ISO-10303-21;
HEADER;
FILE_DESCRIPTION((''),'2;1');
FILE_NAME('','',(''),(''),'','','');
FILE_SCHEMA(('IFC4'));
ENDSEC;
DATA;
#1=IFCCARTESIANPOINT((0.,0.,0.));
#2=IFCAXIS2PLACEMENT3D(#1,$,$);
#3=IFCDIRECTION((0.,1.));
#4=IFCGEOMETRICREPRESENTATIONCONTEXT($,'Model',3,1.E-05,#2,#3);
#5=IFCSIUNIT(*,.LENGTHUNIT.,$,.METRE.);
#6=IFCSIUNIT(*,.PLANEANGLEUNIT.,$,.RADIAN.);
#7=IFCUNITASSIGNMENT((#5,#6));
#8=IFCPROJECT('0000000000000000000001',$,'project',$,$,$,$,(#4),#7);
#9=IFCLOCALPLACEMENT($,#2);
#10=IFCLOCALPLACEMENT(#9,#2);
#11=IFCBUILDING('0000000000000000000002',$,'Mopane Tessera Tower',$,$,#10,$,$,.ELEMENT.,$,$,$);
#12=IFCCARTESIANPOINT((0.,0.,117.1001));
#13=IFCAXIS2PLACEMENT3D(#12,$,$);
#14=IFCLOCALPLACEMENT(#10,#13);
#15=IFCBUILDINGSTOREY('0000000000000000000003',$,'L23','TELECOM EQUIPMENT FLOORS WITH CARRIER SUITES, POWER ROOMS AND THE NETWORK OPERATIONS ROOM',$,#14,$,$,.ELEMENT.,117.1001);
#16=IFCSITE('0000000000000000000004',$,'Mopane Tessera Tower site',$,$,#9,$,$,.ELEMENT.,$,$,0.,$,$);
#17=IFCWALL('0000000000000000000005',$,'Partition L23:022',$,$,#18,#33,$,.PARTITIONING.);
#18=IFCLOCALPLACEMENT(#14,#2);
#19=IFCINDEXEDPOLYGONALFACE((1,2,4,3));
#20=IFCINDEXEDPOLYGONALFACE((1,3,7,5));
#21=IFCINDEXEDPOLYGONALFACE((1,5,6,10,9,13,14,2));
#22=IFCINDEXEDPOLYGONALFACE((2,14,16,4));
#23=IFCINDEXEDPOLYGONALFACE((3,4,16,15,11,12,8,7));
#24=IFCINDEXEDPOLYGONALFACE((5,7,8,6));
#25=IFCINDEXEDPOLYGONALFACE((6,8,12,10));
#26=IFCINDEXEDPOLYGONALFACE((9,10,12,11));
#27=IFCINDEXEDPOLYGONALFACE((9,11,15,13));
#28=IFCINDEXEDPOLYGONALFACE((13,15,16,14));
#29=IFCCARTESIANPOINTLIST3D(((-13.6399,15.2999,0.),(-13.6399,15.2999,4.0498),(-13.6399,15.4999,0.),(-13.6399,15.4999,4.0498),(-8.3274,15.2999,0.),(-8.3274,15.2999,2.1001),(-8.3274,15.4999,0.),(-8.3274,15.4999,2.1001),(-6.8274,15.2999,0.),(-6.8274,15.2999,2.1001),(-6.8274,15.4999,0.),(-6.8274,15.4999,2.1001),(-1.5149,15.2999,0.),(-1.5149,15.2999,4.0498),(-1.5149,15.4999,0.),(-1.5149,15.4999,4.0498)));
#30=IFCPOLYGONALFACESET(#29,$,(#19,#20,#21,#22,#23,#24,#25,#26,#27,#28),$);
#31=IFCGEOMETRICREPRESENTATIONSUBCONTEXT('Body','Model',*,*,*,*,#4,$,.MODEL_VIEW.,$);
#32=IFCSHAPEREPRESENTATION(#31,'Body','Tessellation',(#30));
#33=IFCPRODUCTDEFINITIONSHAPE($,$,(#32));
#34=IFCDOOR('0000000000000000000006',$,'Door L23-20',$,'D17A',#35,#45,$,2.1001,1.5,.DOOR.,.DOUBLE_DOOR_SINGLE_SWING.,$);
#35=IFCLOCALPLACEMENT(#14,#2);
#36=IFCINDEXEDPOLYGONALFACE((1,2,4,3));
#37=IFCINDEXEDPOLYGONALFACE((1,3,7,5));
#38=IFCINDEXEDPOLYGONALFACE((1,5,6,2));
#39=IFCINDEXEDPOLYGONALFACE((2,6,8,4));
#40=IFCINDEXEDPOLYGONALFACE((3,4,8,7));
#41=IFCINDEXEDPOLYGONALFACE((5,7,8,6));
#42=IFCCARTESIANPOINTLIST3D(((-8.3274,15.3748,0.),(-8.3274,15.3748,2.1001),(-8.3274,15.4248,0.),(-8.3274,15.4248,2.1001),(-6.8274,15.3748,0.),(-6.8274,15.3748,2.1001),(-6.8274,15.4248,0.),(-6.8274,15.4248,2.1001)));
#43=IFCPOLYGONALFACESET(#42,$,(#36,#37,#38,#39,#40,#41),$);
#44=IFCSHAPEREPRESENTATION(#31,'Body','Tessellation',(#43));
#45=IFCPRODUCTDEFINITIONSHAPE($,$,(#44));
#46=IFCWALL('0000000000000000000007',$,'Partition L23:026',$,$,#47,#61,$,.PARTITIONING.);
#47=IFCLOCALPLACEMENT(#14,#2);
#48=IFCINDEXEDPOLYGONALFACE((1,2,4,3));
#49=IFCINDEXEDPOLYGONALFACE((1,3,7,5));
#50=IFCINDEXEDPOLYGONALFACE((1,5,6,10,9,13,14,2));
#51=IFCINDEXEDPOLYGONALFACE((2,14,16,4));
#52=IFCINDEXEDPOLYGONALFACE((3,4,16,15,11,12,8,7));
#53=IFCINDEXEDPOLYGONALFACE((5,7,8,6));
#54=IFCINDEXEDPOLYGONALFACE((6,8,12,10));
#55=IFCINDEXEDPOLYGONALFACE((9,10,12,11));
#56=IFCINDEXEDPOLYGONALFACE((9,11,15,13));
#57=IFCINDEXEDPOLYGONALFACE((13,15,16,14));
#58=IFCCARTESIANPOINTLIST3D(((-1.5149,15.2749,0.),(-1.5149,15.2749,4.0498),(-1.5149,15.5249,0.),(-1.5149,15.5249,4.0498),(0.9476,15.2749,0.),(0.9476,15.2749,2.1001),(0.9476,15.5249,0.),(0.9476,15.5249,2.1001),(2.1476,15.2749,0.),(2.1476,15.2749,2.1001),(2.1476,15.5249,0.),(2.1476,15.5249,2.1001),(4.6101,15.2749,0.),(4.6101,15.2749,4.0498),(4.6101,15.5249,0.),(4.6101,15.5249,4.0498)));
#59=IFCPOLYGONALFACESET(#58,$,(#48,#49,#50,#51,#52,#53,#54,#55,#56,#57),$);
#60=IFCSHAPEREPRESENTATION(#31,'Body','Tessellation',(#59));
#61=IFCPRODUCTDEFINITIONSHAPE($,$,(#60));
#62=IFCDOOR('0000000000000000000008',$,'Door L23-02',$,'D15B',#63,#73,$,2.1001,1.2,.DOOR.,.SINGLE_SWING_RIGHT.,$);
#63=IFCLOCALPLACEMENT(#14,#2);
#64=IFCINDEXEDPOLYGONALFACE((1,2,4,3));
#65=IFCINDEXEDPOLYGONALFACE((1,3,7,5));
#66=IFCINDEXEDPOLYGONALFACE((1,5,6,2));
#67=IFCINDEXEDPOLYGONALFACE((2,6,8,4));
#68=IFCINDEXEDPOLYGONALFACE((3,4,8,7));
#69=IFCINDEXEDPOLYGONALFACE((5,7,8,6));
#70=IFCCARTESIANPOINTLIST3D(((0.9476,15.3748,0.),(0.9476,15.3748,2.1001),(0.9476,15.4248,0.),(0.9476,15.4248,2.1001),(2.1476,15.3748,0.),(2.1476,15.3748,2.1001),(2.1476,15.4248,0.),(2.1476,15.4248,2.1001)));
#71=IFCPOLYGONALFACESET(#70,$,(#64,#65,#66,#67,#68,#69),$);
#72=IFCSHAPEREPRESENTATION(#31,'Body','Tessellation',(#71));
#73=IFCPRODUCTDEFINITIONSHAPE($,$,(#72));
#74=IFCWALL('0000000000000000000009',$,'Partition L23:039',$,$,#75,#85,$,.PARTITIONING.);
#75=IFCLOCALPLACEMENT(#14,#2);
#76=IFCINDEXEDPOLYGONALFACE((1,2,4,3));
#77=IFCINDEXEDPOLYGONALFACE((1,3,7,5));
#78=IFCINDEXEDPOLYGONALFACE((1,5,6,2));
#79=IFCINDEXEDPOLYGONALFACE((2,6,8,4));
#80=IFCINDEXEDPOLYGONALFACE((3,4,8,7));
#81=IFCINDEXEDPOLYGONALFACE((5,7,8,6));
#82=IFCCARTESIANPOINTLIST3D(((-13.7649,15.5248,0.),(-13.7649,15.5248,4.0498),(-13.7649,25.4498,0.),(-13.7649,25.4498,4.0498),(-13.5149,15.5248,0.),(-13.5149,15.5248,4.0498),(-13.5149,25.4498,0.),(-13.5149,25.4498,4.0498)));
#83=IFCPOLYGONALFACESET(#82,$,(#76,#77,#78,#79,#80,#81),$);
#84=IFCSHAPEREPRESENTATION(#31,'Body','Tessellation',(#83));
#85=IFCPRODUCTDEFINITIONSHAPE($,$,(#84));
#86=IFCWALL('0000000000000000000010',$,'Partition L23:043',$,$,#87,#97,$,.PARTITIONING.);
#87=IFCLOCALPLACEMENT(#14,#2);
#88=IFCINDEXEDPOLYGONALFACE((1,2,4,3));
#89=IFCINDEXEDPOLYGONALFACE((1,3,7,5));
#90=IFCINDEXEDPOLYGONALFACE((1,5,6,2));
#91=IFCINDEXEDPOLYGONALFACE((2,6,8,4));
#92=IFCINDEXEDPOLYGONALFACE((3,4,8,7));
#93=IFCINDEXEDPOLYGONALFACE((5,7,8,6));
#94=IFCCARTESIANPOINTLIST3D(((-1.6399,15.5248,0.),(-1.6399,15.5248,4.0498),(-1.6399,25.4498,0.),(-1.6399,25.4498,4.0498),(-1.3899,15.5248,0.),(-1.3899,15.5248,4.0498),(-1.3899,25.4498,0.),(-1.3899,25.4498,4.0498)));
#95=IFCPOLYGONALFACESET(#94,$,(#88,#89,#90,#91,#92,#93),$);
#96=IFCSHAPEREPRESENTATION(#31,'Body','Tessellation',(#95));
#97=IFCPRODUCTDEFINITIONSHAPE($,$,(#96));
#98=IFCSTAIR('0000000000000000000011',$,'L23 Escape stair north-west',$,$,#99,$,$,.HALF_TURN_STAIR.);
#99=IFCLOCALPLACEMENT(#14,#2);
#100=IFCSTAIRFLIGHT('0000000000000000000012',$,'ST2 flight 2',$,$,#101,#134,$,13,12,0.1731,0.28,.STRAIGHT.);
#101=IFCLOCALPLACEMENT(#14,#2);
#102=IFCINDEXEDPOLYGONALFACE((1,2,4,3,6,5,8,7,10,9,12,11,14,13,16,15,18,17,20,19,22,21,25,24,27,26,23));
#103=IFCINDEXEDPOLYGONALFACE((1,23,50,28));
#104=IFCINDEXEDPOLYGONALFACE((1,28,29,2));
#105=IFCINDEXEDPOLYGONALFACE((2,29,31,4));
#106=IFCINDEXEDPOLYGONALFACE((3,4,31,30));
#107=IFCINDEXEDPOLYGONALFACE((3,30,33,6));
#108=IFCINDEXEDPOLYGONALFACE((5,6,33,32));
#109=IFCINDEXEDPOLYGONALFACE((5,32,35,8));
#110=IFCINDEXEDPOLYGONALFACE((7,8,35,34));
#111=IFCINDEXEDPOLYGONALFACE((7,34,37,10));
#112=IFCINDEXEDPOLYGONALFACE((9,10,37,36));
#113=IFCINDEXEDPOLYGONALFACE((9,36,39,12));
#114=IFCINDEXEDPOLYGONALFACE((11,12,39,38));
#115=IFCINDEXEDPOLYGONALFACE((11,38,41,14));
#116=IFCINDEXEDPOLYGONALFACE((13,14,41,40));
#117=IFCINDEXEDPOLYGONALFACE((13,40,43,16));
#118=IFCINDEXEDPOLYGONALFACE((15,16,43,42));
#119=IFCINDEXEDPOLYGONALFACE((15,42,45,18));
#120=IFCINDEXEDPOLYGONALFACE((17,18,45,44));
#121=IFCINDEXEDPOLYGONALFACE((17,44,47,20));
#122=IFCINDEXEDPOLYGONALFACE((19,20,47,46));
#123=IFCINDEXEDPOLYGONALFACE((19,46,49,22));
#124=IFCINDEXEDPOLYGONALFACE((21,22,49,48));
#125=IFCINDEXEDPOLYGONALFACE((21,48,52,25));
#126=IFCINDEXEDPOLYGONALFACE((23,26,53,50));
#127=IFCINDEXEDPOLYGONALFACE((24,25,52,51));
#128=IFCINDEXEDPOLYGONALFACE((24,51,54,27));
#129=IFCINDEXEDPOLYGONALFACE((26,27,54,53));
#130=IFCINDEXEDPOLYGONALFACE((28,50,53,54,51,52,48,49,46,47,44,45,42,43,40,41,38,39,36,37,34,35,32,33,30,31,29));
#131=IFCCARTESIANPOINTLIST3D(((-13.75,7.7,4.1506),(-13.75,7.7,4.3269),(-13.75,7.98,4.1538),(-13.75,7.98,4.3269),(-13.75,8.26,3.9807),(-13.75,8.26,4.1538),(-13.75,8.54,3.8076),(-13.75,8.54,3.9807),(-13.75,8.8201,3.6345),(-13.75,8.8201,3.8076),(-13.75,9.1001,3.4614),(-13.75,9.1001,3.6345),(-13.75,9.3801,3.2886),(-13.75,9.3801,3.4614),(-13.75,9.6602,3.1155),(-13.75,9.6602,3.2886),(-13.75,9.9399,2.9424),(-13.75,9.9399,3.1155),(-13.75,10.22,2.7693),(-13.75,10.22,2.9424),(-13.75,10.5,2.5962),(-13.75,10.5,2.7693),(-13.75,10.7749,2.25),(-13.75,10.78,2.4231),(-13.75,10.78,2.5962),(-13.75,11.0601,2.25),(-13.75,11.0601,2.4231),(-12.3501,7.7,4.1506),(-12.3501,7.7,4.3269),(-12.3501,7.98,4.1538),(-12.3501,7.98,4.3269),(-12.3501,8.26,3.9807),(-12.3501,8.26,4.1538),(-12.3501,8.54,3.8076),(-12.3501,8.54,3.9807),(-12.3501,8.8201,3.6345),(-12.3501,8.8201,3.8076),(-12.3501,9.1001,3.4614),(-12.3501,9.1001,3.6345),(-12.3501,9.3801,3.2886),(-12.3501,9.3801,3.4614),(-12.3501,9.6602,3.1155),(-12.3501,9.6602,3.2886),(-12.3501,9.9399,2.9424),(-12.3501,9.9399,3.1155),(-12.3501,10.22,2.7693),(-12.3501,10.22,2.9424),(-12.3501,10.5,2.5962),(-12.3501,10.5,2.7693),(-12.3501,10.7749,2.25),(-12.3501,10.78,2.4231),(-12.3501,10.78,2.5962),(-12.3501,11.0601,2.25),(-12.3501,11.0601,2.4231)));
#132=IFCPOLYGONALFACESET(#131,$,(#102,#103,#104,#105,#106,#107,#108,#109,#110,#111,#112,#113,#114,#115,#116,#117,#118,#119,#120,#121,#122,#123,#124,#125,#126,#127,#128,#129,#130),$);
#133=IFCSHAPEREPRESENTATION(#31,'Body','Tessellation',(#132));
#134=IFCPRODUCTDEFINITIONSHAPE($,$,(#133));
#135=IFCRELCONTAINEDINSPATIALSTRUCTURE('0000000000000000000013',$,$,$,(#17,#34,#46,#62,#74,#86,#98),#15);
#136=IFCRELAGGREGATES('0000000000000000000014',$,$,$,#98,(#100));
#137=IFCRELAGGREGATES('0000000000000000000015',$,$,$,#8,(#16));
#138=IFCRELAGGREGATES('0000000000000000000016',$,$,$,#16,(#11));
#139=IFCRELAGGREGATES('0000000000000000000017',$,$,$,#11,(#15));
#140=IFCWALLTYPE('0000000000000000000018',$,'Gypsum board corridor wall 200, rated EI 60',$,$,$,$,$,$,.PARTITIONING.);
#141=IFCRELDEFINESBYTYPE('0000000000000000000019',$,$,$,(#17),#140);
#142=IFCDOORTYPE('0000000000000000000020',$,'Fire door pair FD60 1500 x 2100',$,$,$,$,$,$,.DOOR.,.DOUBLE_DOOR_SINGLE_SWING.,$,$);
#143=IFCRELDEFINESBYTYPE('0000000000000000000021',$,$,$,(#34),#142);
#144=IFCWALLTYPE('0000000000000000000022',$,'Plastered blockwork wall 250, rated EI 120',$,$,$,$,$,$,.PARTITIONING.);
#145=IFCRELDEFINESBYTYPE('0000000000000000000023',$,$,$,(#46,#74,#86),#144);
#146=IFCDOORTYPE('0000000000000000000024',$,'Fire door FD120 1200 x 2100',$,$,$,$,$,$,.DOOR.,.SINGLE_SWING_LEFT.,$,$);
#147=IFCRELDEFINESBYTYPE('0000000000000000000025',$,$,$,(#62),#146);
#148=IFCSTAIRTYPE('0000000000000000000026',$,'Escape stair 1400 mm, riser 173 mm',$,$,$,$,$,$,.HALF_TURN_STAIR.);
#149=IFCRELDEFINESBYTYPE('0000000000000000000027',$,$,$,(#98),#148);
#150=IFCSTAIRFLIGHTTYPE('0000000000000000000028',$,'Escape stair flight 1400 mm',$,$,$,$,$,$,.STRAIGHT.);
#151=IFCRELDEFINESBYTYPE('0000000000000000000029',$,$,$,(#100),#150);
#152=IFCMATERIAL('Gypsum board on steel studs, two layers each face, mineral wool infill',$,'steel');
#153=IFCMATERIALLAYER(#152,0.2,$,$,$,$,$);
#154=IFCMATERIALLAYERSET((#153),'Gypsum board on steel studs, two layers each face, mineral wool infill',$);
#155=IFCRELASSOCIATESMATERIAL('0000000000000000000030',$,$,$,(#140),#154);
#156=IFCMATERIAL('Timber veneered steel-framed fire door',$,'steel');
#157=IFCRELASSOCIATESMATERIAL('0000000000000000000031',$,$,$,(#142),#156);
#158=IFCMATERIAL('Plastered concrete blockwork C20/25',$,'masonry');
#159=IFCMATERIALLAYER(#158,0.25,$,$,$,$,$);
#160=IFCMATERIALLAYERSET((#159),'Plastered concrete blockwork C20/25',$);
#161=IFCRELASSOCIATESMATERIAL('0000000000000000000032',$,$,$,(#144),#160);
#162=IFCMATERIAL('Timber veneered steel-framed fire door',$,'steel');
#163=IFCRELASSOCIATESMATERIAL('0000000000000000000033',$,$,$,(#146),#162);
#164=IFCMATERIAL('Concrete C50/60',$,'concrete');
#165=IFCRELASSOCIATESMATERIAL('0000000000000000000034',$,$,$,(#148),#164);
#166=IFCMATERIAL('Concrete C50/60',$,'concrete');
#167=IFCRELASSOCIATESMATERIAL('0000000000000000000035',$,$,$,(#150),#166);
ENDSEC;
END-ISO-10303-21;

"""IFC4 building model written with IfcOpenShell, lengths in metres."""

from ifc_helpers import new_model, si_unit, direction, frame, frame_2d, origin, place, context, subcontext, project, spatial, polyline, rectangle, outline, extrude, material, layer, layer_set, type_object, element, fill, aggregate, save


model = new_model("IFC4")

# Units and contexts
model_context = context("Model", 3, precision=1e-05, world=origin(), true_north=direction((0.0, 1.0)))
body_context = subcontext(model_context, "Body", "Model", "MODEL_VIEW")
ifc_project = project(units=[si_unit("LENGTHUNIT", "METRE"), si_unit("PLANEANGLEUNIT", "RADIAN")], contexts=[model_context])

# Site, building, storey
site_placement = place(None, origin())
site = spatial("IfcSite", under=ifc_project, at=site_placement, Name="Mopane Tessera Tower site", CompositionType="ELEMENT", RefElevation=0.0)
building_placement = place(site_placement, origin())
building = spatial("IfcBuilding", under=site, at=building_placement, Name="Mopane Tessera Tower", CompositionType="ELEMENT")
storey_placement = place(building_placement, frame((0.0, 0.0, 117.1001)))
storey = spatial("IfcBuildingStorey", under=building, at=storey_placement, Name="L23", Description="TELECOM EQUIPMENT FLOORS WITH CARRIER SUITES, POWER ROOMS AND THE NETWORK OPERATIONS ROOM", CompositionType="ELEMENT", Elevation=117.1001)

# Walls, openings, doors
ifc_material_1 = material(Name="Gypsum board on steel studs, two layers each face, mineral wool infill", Category="steel")
ifc_layer_1 = layer(ifc_material_1, 0.2)
ifc_layer_set_1 = layer_set([ifc_layer_1], Name="Gypsum board on steel studs, two layers each face, mineral wool infill")
wall_type_1 = type_object("IfcWallType", Name="Gypsum board corridor wall 200, rated EI 60", PredefinedType="PARTITIONING", material=ifc_layer_set_1)
wall_1_placement = place(storey_placement, frame((-13.6399, 15.3999, 0.0), z_axis=(0.0, 0.0, 1.0), x_axis=(1.0, 0.0, 0.0)))
wall_1 = element("IfcWall", 1, at=wall_1_placement, inside=storey, type_object=wall_type_1, Name="Partition L23:022", PredefinedType="PARTITIONING", context=body_context, shape_type="SweptSolid", body=[
    extrude(rectangle(XDim=12.125, YDim=0.2, at=frame_2d((6.0625, 0.0))), origin(), (0.0, 0.0, 1.0), 4.0498),
])
opening_1_placement = place(wall_1_placement, frame((5.3125, 0.0, 0.0)))
opening_1 = element("IfcOpeningElement", 2, at=opening_1_placement, cuts=wall_1, PredefinedType="OPENING", context=body_context, shape_type="SweptSolid", body=[
    extrude(rectangle(XDim=1.5, YDim=2.1001, at=frame_2d((0.75, 1.05))), frame((0.0, 0.1121, 0.0), z_axis=(0.0, -1.0, 0.0), x_axis=(1.0, 0.0, 0.0)), (0.0, 0.0, 1.0), 0.2239),
])
ifc_material_2 = material(Name="Timber veneered steel-framed fire door", Category="steel")
door_type_1 = type_object("IfcDoorType", Name="Fire door pair FD60 1500 x 2100", OperationType="DOUBLE_DOOR_SINGLE_SWING", PredefinedType="DOOR", material=ifc_material_2)
door_1_placement = place(opening_1_placement, origin())
door_1 = element("IfcDoor", 3, at=door_1_placement, inside=storey, type_object=door_type_1, Name="Door L23-20", ObjectType="D17A", OperationType="DOUBLE_DOOR_SINGLE_SWING", OverallHeight=2.1001, OverallWidth=1.5, PredefinedType="DOOR", context=body_context, shape_type="SweptSolid", body=[
    extrude(rectangle(XDim=1.5, YDim=2.1001, at=frame_2d((0.75, 1.05))), frame((0.0, 0.0249, 0.0), z_axis=(0.0, -1.0, 0.0), x_axis=(1.0, 0.0, 0.0)), (0.0, 0.0, 1.0), 0.05),
])
fill(opening_1, door_1)
ifc_material_3 = material(Name="Plastered concrete blockwork C20/25", Category="masonry")
ifc_layer_2 = layer(ifc_material_3, 0.25)
ifc_layer_set_2 = layer_set([ifc_layer_2], Name="Plastered concrete blockwork C20/25")
wall_type_2 = type_object("IfcWallType", Name="Plastered blockwork wall 250, rated EI 120", PredefinedType="PARTITIONING", material=ifc_layer_set_2)
wall_2_placement = place(storey_placement, frame((-1.5149, 15.3999, 0.0), z_axis=(0.0, 0.0, 1.0), x_axis=(1.0, 0.0, 0.0)))
wall_2 = element("IfcWall", 4, at=wall_2_placement, inside=storey, type_object=wall_type_2, Name="Partition L23:026", PredefinedType="PARTITIONING", context=body_context, shape_type="SweptSolid", body=[
    extrude(rectangle(XDim=6.125, YDim=0.25, at=frame_2d((3.0625, 0.0))), origin(), (0.0, 0.0, 1.0), 4.0498),
])
opening_2_placement = place(wall_2_placement, frame((2.4624, 0.0, 0.0)))
opening_2 = element("IfcOpeningElement", 5, at=opening_2_placement, cuts=wall_2, PredefinedType="OPENING", context=body_context, shape_type="SweptSolid", body=[
    extrude(rectangle(XDim=1.2, YDim=2.1001, at=frame_2d((0.6001, 1.05))), frame((0.0, 0.137, 0.0), z_axis=(0.0, -1.0, 0.0), x_axis=(1.0, 0.0, 0.0)), (0.0, 0.0, 1.0), 0.2739),
])
ifc_material_4 = material(Name="Timber veneered steel-framed fire door", Category="steel")
door_type_2 = type_object("IfcDoorType", Name="Fire door FD120 1200 x 2100", OperationType="SINGLE_SWING_LEFT", PredefinedType="DOOR", material=ifc_material_4)
door_2_placement = place(opening_2_placement, origin())
door_2 = element("IfcDoor", 6, at=door_2_placement, inside=storey, type_object=door_type_2, Name="Door L23-02", ObjectType="D15B", OperationType="SINGLE_SWING_RIGHT", OverallHeight=2.1001, OverallWidth=1.2, PredefinedType="DOOR", context=body_context, shape_type="SweptSolid", body=[
    extrude(rectangle(XDim=1.2, YDim=2.1001, at=frame_2d((0.6001, 1.05))), frame((0.0, 0.0249, 0.0), z_axis=(0.0, -1.0, 0.0), x_axis=(1.0, 0.0, 0.0)), (0.0, 0.0, 1.0), 0.05),
])
fill(opening_2, door_2)

# Walls
for number, where, z_axis, x_axis, name in (
    (7, (-13.6399, 15.5249, 0.0), (0.0, 0.0, 1.0), (0.0, 1.0, 0.0), "Partition L23:039"),
    (8, (-1.5149, 15.5249, 0.0), (0.0, 0.0, 1.0), (0.0, 1.0, 0.0), "Partition L23:043"),
):
    element("IfcWall", number, at=place(storey_placement, frame(where, z_axis=z_axis, x_axis=x_axis)), inside=storey, type_object=wall_type_2, Name=name, PredefinedType="PARTITIONING", context=body_context, shape_type="SweptSolid", body=[
        extrude(rectangle(XDim=9.925, YDim=0.25, at=frame_2d((4.9624, 0.0))), origin(), (0.0, 0.0, 1.0), 4.0498),
    ])

# Stair, stair flight
ifc_material_5 = material(Name="Concrete C50/60", Category="concrete")
stair_type = type_object("IfcStairType", Name="Escape stair 1400 mm, riser 173 mm", PredefinedType="HALF_TURN_STAIR", material=ifc_material_5)
stair_placement = place(storey_placement, origin())
stair = element("IfcStair", 9, at=stair_placement, inside=storey, type_object=stair_type, Name="L23 Escape stair north-west", PredefinedType="HALF_TURN_STAIR")
ifc_material_6 = material(Name="Concrete C50/60", Category="concrete")
stair_flight_type = type_object("IfcStairFlightType", Name="Escape stair flight 1400 mm", PredefinedType="STRAIGHT", material=ifc_material_6)
stair_flight_placement = place(storey_placement, frame((-13.05, 11.0601, 2.25), z_axis=(0.0, 0.0, 1.0), x_axis=(0.0, -1.0, 0.0)))
stair_flight = element("IfcStairFlight", 10, at=stair_flight_placement, type_object=stair_flight_type, Name="ST2 flight 2", NumberOfRisers=13, NumberOfTreads=12, PredefinedType="STRAIGHT", RiserHeight=0.1731, TreadLength=0.28, context=body_context, shape_type="SweptSolid", body=[
    extrude(outline(polyline([(0.0, 0.0), (0.0, 0.1731), (0.28, 0.1731), (0.28, 0.3462), (0.5601, 0.3462), (0.5601, 0.5193), (0.8401, 0.5193), (0.8401, 0.6924), (1.1201, 0.6924), (1.1201, 0.8655), (1.3999, 0.8655), (1.3999, 1.0386), (1.6799, 1.0386), (1.6799, 1.2114), (1.96, 1.2114), (1.96, 1.3845), (2.24, 1.3845), (2.24, 1.5576), (2.52, 1.5576), (2.52, 1.7307), (2.8, 1.7307), (2.8, 1.9038), (3.0801, 1.9038), (3.0801, 2.0769), (3.3601, 2.0769), (3.3601, 2.25), (3.3601, 1.9006), (0.2852, 0.0), (0.0, 0.0)])), frame((0.0, 0.7, 0.0), z_axis=(0.0, -1.0, 0.0), x_axis=(1.0, 0.0, 0.0)), (0.0, 0.0, 1.0), 1.3999),
])
aggregate(stair, [stair_flight])

save(model, "model.ifc")
